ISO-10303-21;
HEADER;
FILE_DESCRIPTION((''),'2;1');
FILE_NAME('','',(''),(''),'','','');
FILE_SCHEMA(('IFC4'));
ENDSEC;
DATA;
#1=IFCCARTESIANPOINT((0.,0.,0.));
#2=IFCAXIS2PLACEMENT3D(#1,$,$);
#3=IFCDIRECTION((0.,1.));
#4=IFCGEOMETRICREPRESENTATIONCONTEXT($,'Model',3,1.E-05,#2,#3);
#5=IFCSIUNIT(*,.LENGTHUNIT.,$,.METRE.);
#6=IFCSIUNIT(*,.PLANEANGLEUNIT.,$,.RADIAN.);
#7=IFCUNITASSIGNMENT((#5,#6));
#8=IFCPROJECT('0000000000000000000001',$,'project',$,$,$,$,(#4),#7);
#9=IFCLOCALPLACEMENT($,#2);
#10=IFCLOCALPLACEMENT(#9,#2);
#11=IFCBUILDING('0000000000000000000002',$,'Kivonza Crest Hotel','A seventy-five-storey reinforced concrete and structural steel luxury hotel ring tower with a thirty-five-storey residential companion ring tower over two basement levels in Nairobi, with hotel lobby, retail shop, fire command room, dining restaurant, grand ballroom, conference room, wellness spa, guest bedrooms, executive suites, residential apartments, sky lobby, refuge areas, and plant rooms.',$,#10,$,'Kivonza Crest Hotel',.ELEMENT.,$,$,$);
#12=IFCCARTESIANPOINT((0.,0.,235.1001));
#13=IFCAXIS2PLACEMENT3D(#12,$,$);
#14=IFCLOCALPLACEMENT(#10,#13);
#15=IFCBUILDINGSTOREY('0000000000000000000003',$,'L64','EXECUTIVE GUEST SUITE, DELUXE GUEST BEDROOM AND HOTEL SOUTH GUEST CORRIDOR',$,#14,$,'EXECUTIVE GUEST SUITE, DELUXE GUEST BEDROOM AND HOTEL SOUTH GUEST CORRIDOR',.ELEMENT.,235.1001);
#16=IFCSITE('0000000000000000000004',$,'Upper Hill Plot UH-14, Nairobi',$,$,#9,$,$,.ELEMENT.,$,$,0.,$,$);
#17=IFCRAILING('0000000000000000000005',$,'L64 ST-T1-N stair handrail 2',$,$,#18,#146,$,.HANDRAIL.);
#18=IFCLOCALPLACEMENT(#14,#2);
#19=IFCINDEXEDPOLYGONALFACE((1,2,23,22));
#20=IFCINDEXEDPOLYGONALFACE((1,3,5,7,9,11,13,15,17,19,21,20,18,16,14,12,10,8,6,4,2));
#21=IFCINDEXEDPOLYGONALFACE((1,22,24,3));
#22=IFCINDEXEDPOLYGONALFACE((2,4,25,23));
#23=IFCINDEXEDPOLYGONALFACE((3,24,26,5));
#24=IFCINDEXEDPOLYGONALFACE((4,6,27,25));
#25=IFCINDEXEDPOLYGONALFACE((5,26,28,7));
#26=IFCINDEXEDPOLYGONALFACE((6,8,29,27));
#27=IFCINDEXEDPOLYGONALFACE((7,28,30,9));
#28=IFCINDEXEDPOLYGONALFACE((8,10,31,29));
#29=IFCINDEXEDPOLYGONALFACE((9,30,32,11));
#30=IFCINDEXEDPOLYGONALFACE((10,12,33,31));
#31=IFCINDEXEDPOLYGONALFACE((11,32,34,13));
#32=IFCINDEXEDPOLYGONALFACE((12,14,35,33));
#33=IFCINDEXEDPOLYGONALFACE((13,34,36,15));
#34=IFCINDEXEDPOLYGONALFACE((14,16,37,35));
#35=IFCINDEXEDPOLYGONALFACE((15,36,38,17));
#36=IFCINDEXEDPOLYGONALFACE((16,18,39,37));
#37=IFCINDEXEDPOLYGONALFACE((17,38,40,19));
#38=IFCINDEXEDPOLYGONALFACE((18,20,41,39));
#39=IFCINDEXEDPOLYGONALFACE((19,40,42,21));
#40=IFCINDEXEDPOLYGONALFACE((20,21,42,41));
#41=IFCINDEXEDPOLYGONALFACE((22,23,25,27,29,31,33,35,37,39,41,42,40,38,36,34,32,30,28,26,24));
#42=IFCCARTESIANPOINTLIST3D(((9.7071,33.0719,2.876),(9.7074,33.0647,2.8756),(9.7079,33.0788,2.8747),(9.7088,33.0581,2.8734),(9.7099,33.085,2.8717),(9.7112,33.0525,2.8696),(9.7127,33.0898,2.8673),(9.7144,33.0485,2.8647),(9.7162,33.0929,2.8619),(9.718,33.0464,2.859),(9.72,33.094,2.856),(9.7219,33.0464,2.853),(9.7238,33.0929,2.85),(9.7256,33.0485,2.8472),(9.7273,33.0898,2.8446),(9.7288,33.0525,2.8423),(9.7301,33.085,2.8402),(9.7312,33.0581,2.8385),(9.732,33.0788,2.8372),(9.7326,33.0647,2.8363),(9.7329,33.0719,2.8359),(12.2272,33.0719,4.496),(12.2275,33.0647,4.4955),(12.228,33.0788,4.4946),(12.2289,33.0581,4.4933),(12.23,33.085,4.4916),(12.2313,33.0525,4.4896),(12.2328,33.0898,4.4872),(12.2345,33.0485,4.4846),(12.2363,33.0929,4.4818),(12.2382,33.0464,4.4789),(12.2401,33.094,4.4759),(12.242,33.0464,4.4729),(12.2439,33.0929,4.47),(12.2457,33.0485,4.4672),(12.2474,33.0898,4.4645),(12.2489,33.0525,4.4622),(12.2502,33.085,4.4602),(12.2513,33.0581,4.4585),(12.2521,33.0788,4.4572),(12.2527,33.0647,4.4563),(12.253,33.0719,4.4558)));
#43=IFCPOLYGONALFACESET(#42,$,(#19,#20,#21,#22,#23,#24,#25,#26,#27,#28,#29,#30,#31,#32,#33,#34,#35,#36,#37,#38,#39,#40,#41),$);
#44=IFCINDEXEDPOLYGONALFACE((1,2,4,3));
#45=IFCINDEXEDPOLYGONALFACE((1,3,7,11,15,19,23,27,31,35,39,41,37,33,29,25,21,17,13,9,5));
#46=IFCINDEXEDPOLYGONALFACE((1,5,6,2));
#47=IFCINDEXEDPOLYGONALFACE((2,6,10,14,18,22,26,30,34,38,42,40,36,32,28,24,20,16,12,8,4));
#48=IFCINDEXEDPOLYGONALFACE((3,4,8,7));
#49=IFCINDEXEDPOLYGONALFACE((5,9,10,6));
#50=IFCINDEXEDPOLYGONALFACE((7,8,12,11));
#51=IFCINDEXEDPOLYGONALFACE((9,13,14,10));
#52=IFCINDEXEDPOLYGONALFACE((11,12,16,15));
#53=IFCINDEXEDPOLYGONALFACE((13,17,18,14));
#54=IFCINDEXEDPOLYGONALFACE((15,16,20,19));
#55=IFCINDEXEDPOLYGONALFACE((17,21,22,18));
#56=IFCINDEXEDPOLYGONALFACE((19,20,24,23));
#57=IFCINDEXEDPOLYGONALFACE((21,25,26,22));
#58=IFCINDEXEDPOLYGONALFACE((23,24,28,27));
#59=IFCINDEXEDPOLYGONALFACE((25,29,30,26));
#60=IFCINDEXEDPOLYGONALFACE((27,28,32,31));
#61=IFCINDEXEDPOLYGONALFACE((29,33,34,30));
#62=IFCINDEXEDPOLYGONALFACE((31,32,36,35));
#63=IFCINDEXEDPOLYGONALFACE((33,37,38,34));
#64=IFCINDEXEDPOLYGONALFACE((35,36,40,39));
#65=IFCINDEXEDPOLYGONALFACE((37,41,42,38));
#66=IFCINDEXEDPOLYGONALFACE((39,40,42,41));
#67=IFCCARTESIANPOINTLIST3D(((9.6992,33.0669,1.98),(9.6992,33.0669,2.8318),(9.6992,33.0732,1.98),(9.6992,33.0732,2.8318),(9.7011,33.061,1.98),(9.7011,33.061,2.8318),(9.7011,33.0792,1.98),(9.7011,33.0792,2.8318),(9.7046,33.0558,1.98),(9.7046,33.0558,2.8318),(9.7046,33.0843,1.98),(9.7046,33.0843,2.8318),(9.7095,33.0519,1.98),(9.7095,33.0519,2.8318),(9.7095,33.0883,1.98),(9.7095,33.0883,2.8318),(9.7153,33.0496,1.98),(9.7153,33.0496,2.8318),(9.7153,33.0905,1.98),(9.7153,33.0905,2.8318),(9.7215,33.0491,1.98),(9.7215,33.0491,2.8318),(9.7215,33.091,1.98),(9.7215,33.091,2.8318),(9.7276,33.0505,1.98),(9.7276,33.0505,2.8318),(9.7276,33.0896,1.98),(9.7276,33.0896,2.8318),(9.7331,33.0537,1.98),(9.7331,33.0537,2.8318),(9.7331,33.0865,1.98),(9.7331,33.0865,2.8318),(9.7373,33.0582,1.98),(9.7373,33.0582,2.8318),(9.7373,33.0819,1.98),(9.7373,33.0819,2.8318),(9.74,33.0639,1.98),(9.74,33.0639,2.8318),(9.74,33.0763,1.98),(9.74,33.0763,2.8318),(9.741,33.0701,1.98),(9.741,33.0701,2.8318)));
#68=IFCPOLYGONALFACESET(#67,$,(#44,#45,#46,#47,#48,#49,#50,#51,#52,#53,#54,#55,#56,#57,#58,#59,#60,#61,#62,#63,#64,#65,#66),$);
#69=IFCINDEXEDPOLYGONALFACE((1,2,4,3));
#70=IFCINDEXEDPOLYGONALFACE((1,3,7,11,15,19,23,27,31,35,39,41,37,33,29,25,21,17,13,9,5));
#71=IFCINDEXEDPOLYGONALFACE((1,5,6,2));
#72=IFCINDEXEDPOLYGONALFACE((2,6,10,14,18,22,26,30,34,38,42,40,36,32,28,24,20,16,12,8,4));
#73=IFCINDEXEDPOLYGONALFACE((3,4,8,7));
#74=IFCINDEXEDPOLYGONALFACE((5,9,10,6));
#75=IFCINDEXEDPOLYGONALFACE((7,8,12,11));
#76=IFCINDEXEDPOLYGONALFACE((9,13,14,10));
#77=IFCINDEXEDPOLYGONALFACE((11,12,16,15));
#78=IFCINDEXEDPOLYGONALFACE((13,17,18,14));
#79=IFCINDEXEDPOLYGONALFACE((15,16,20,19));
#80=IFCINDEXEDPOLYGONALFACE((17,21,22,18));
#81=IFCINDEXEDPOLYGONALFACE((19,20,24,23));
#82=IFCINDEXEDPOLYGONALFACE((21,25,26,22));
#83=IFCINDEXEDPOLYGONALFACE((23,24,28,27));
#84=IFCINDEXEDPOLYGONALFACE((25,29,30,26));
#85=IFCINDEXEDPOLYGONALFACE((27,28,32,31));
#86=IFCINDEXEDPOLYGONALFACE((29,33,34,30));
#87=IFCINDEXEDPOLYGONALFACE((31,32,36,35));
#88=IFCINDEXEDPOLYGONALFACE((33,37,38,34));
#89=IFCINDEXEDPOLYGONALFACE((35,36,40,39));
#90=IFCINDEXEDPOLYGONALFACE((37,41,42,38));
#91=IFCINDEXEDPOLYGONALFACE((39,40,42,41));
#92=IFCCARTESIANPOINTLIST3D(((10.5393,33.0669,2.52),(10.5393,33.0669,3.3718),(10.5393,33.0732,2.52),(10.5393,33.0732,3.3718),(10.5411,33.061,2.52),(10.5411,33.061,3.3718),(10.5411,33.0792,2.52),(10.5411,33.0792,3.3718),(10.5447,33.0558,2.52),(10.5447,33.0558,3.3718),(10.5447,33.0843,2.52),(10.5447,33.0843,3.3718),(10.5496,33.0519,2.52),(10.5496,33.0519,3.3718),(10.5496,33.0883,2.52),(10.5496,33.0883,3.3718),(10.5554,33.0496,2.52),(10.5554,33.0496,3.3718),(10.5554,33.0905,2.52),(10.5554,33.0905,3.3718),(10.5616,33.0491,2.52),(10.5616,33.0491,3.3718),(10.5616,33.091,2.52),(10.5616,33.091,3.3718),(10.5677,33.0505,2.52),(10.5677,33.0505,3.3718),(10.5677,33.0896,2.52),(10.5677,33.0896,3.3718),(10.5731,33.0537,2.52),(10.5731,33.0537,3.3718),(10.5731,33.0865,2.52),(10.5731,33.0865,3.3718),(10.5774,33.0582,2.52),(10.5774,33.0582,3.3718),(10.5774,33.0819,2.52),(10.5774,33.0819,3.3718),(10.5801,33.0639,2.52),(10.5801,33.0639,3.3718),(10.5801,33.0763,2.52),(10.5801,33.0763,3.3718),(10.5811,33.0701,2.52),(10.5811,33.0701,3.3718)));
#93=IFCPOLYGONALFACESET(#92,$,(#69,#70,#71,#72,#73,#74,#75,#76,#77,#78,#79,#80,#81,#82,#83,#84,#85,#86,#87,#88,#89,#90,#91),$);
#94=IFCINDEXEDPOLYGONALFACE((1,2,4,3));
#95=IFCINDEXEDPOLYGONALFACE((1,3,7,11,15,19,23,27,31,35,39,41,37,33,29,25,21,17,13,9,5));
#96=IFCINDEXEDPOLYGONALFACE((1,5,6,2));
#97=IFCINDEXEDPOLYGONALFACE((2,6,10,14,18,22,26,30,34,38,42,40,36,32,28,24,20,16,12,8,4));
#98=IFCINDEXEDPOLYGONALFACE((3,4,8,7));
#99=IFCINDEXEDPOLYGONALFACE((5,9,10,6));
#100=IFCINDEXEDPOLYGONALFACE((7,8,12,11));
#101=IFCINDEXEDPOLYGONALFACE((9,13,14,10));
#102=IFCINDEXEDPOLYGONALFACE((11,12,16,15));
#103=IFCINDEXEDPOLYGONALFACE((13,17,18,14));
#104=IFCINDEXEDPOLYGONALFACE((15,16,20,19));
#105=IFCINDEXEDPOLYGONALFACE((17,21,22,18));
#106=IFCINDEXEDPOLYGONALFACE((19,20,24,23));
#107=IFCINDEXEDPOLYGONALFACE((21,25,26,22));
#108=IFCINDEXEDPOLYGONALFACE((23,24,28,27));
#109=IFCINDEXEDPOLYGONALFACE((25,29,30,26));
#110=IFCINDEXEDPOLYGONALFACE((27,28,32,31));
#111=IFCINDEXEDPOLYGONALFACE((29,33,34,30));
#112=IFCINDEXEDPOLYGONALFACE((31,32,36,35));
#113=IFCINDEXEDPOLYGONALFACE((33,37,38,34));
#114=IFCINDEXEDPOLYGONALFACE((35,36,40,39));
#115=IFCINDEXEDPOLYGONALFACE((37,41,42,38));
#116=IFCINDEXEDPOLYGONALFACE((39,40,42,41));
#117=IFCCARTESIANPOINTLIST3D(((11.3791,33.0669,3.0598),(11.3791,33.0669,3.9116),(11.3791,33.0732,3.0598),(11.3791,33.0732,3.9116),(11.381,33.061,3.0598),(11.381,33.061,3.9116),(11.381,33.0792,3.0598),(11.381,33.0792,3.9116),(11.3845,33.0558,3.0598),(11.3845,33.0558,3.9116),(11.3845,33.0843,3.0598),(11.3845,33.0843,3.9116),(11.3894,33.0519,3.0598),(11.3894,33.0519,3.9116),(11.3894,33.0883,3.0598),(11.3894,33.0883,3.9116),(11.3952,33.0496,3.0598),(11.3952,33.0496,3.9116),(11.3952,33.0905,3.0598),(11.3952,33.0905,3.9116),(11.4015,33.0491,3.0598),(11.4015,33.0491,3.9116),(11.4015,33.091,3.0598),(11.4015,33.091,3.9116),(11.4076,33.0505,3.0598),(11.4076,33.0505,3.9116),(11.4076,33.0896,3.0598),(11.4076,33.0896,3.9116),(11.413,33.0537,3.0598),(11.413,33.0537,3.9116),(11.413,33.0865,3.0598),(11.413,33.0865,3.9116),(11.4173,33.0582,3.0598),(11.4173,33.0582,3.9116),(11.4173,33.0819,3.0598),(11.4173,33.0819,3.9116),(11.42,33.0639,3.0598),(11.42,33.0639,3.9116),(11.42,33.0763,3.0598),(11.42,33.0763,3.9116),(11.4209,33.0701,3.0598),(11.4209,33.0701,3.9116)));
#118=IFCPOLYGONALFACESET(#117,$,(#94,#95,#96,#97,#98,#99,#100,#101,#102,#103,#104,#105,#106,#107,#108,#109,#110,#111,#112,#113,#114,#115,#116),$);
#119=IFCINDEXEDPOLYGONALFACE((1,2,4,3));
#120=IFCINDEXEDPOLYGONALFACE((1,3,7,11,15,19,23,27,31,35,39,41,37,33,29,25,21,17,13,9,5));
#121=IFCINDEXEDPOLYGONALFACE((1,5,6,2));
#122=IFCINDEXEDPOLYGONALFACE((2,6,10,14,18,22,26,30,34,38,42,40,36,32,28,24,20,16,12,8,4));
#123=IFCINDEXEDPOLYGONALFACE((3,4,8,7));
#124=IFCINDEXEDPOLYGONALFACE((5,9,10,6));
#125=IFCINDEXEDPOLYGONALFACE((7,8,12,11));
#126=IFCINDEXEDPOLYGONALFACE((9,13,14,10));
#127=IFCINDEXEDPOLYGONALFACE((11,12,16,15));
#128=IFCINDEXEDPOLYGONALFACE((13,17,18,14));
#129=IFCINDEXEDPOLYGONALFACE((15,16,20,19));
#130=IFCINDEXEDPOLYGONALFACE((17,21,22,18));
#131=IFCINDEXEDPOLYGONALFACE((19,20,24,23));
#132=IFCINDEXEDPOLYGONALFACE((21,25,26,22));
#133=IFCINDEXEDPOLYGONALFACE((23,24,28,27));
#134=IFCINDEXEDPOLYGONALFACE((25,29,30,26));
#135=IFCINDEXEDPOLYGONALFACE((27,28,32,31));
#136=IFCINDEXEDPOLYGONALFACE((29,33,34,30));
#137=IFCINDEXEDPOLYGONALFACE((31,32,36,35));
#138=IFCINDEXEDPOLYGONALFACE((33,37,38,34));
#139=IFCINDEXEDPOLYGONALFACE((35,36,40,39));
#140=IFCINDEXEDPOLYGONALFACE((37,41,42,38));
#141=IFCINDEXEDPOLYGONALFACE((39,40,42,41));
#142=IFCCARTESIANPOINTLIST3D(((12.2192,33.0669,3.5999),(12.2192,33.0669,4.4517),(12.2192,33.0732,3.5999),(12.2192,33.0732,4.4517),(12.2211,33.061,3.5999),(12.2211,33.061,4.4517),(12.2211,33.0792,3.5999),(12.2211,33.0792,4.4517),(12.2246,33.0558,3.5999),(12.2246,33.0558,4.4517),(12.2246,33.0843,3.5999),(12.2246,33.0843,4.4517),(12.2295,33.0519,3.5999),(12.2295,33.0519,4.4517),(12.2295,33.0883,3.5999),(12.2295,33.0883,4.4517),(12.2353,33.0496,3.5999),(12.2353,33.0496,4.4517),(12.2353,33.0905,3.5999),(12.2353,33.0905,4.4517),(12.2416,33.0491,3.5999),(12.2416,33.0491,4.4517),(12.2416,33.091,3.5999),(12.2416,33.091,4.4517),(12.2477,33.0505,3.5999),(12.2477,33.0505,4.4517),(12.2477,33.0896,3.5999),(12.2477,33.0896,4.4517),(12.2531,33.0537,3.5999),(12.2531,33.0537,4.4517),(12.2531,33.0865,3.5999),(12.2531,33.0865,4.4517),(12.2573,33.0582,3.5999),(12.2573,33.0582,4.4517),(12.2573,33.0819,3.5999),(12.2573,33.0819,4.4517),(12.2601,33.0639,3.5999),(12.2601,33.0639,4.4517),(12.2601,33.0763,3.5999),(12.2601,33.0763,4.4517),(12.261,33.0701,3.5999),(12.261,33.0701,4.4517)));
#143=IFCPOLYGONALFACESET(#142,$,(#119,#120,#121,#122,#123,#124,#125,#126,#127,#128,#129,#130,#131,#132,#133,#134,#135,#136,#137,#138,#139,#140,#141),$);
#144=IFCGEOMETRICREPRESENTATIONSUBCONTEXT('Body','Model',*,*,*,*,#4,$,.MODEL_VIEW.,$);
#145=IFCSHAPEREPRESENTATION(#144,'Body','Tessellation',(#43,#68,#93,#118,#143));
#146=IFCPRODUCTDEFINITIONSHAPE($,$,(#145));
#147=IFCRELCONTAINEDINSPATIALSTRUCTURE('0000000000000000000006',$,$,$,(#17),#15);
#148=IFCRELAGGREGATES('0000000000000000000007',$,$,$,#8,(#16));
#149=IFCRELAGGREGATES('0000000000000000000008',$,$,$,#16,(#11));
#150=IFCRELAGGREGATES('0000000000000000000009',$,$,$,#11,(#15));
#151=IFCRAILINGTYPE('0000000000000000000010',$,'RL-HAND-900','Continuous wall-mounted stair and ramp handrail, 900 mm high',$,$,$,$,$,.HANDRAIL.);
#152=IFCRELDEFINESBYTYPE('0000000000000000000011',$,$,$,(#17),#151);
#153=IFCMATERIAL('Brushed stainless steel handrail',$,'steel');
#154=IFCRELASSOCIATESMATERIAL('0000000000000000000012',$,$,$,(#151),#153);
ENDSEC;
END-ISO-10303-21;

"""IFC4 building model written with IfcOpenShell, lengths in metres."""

from ifc_helpers import new_model, si_unit, direction, frame, origin, origin_2d, place, context, subcontext, project, spatial, circle, extrude, material, type_object, element, save


model = new_model("IFC4")

# Units and contexts
model_context = context("Model", 3, precision=1e-05, world=origin(), true_north=direction((0.0, 1.0)))
body_context = subcontext(model_context, "Body", "Model", "MODEL_VIEW")
ifc_project = project(units=[si_unit("LENGTHUNIT", "METRE"), si_unit("PLANEANGLEUNIT", "RADIAN")], contexts=[model_context])

# Site, building, storey
site_placement = place(None, origin())
site = spatial("IfcSite", under=ifc_project, at=site_placement, Name="Upper Hill Plot UH-14, Nairobi", CompositionType="ELEMENT", RefElevation=0.0)
building_placement = place(site_placement, origin())
building = spatial("IfcBuilding", under=site, at=building_placement, Name="Kivonza Crest Hotel", Description="A seventy-five-storey reinforced concrete and structural steel luxury hotel ring tower with a thirty-five-storey residential companion ring tower over two basement levels in Nairobi, with hotel lobby, retail shop, fire command room, dining restaurant, grand ballroom, conference room, wellness spa, guest bedrooms, executive suites, residential apartments, sky lobby, refuge areas, and plant rooms.", LongName="Kivonza Crest Hotel", CompositionType="ELEMENT")
storey_placement = place(building_placement, frame((0.0, 0.0, 235.1001)))
storey = spatial("IfcBuildingStorey", under=building, at=storey_placement, Name="L64", Description="EXECUTIVE GUEST SUITE, DELUXE GUEST BEDROOM AND HOTEL SOUTH GUEST CORRIDOR", LongName="EXECUTIVE GUEST SUITE, DELUXE GUEST BEDROOM AND HOTEL SOUTH GUEST CORRIDOR", CompositionType="ELEMENT", Elevation=235.1001)

# Railing
ifc_material_1 = material(Name="Brushed stainless steel handrail", Category="steel")
railing_type_1 = type_object("IfcRailingType", Name="RL-HAND-900", Description="Continuous wall-mounted stair and ramp handrail, 900 mm high", PredefinedType="HANDRAIL", material=ifc_material_1)
railing_1_placement = place(storey_placement, frame((9.72, 33.0701, 1.98)))
element("IfcRailing", 1, at=railing_1_placement, inside=storey, type_object=railing_type_1, Name="L64 ST-T1-N stair handrail 2", PredefinedType="HANDRAIL", context=body_context, shape_type="SweptSolid", body=[
    extrude(circle(Radius=0.0239, at=origin_2d()), frame((0.0, 0.0, 0.876), z_axis=(0.8412, 0.0, 0.540725), x_axis=(0.0, 1.0, 0.0)), (0.0, 0.0, 1.0), 2.9958),
    extrude(circle(Radius=0.021, at=origin_2d()), origin(), (0.0, 0.0, 1.0), 0.8518),
    extrude(circle(Radius=0.021, at=origin_2d()), frame((0.8401, 0.0, 0.54)), (0.0, 0.0, 1.0), 0.8518),
    extrude(circle(Radius=0.021, at=origin_2d()), frame((1.6799, 0.0, 1.0798)), (0.0, 0.0, 1.0), 0.8518),
    extrude(circle(Radius=0.021, at=origin_2d()), frame((2.52, 0.0, 1.6199)), (0.0, 0.0, 1.0), 0.8518),
])

save(model, "model.ifc")
